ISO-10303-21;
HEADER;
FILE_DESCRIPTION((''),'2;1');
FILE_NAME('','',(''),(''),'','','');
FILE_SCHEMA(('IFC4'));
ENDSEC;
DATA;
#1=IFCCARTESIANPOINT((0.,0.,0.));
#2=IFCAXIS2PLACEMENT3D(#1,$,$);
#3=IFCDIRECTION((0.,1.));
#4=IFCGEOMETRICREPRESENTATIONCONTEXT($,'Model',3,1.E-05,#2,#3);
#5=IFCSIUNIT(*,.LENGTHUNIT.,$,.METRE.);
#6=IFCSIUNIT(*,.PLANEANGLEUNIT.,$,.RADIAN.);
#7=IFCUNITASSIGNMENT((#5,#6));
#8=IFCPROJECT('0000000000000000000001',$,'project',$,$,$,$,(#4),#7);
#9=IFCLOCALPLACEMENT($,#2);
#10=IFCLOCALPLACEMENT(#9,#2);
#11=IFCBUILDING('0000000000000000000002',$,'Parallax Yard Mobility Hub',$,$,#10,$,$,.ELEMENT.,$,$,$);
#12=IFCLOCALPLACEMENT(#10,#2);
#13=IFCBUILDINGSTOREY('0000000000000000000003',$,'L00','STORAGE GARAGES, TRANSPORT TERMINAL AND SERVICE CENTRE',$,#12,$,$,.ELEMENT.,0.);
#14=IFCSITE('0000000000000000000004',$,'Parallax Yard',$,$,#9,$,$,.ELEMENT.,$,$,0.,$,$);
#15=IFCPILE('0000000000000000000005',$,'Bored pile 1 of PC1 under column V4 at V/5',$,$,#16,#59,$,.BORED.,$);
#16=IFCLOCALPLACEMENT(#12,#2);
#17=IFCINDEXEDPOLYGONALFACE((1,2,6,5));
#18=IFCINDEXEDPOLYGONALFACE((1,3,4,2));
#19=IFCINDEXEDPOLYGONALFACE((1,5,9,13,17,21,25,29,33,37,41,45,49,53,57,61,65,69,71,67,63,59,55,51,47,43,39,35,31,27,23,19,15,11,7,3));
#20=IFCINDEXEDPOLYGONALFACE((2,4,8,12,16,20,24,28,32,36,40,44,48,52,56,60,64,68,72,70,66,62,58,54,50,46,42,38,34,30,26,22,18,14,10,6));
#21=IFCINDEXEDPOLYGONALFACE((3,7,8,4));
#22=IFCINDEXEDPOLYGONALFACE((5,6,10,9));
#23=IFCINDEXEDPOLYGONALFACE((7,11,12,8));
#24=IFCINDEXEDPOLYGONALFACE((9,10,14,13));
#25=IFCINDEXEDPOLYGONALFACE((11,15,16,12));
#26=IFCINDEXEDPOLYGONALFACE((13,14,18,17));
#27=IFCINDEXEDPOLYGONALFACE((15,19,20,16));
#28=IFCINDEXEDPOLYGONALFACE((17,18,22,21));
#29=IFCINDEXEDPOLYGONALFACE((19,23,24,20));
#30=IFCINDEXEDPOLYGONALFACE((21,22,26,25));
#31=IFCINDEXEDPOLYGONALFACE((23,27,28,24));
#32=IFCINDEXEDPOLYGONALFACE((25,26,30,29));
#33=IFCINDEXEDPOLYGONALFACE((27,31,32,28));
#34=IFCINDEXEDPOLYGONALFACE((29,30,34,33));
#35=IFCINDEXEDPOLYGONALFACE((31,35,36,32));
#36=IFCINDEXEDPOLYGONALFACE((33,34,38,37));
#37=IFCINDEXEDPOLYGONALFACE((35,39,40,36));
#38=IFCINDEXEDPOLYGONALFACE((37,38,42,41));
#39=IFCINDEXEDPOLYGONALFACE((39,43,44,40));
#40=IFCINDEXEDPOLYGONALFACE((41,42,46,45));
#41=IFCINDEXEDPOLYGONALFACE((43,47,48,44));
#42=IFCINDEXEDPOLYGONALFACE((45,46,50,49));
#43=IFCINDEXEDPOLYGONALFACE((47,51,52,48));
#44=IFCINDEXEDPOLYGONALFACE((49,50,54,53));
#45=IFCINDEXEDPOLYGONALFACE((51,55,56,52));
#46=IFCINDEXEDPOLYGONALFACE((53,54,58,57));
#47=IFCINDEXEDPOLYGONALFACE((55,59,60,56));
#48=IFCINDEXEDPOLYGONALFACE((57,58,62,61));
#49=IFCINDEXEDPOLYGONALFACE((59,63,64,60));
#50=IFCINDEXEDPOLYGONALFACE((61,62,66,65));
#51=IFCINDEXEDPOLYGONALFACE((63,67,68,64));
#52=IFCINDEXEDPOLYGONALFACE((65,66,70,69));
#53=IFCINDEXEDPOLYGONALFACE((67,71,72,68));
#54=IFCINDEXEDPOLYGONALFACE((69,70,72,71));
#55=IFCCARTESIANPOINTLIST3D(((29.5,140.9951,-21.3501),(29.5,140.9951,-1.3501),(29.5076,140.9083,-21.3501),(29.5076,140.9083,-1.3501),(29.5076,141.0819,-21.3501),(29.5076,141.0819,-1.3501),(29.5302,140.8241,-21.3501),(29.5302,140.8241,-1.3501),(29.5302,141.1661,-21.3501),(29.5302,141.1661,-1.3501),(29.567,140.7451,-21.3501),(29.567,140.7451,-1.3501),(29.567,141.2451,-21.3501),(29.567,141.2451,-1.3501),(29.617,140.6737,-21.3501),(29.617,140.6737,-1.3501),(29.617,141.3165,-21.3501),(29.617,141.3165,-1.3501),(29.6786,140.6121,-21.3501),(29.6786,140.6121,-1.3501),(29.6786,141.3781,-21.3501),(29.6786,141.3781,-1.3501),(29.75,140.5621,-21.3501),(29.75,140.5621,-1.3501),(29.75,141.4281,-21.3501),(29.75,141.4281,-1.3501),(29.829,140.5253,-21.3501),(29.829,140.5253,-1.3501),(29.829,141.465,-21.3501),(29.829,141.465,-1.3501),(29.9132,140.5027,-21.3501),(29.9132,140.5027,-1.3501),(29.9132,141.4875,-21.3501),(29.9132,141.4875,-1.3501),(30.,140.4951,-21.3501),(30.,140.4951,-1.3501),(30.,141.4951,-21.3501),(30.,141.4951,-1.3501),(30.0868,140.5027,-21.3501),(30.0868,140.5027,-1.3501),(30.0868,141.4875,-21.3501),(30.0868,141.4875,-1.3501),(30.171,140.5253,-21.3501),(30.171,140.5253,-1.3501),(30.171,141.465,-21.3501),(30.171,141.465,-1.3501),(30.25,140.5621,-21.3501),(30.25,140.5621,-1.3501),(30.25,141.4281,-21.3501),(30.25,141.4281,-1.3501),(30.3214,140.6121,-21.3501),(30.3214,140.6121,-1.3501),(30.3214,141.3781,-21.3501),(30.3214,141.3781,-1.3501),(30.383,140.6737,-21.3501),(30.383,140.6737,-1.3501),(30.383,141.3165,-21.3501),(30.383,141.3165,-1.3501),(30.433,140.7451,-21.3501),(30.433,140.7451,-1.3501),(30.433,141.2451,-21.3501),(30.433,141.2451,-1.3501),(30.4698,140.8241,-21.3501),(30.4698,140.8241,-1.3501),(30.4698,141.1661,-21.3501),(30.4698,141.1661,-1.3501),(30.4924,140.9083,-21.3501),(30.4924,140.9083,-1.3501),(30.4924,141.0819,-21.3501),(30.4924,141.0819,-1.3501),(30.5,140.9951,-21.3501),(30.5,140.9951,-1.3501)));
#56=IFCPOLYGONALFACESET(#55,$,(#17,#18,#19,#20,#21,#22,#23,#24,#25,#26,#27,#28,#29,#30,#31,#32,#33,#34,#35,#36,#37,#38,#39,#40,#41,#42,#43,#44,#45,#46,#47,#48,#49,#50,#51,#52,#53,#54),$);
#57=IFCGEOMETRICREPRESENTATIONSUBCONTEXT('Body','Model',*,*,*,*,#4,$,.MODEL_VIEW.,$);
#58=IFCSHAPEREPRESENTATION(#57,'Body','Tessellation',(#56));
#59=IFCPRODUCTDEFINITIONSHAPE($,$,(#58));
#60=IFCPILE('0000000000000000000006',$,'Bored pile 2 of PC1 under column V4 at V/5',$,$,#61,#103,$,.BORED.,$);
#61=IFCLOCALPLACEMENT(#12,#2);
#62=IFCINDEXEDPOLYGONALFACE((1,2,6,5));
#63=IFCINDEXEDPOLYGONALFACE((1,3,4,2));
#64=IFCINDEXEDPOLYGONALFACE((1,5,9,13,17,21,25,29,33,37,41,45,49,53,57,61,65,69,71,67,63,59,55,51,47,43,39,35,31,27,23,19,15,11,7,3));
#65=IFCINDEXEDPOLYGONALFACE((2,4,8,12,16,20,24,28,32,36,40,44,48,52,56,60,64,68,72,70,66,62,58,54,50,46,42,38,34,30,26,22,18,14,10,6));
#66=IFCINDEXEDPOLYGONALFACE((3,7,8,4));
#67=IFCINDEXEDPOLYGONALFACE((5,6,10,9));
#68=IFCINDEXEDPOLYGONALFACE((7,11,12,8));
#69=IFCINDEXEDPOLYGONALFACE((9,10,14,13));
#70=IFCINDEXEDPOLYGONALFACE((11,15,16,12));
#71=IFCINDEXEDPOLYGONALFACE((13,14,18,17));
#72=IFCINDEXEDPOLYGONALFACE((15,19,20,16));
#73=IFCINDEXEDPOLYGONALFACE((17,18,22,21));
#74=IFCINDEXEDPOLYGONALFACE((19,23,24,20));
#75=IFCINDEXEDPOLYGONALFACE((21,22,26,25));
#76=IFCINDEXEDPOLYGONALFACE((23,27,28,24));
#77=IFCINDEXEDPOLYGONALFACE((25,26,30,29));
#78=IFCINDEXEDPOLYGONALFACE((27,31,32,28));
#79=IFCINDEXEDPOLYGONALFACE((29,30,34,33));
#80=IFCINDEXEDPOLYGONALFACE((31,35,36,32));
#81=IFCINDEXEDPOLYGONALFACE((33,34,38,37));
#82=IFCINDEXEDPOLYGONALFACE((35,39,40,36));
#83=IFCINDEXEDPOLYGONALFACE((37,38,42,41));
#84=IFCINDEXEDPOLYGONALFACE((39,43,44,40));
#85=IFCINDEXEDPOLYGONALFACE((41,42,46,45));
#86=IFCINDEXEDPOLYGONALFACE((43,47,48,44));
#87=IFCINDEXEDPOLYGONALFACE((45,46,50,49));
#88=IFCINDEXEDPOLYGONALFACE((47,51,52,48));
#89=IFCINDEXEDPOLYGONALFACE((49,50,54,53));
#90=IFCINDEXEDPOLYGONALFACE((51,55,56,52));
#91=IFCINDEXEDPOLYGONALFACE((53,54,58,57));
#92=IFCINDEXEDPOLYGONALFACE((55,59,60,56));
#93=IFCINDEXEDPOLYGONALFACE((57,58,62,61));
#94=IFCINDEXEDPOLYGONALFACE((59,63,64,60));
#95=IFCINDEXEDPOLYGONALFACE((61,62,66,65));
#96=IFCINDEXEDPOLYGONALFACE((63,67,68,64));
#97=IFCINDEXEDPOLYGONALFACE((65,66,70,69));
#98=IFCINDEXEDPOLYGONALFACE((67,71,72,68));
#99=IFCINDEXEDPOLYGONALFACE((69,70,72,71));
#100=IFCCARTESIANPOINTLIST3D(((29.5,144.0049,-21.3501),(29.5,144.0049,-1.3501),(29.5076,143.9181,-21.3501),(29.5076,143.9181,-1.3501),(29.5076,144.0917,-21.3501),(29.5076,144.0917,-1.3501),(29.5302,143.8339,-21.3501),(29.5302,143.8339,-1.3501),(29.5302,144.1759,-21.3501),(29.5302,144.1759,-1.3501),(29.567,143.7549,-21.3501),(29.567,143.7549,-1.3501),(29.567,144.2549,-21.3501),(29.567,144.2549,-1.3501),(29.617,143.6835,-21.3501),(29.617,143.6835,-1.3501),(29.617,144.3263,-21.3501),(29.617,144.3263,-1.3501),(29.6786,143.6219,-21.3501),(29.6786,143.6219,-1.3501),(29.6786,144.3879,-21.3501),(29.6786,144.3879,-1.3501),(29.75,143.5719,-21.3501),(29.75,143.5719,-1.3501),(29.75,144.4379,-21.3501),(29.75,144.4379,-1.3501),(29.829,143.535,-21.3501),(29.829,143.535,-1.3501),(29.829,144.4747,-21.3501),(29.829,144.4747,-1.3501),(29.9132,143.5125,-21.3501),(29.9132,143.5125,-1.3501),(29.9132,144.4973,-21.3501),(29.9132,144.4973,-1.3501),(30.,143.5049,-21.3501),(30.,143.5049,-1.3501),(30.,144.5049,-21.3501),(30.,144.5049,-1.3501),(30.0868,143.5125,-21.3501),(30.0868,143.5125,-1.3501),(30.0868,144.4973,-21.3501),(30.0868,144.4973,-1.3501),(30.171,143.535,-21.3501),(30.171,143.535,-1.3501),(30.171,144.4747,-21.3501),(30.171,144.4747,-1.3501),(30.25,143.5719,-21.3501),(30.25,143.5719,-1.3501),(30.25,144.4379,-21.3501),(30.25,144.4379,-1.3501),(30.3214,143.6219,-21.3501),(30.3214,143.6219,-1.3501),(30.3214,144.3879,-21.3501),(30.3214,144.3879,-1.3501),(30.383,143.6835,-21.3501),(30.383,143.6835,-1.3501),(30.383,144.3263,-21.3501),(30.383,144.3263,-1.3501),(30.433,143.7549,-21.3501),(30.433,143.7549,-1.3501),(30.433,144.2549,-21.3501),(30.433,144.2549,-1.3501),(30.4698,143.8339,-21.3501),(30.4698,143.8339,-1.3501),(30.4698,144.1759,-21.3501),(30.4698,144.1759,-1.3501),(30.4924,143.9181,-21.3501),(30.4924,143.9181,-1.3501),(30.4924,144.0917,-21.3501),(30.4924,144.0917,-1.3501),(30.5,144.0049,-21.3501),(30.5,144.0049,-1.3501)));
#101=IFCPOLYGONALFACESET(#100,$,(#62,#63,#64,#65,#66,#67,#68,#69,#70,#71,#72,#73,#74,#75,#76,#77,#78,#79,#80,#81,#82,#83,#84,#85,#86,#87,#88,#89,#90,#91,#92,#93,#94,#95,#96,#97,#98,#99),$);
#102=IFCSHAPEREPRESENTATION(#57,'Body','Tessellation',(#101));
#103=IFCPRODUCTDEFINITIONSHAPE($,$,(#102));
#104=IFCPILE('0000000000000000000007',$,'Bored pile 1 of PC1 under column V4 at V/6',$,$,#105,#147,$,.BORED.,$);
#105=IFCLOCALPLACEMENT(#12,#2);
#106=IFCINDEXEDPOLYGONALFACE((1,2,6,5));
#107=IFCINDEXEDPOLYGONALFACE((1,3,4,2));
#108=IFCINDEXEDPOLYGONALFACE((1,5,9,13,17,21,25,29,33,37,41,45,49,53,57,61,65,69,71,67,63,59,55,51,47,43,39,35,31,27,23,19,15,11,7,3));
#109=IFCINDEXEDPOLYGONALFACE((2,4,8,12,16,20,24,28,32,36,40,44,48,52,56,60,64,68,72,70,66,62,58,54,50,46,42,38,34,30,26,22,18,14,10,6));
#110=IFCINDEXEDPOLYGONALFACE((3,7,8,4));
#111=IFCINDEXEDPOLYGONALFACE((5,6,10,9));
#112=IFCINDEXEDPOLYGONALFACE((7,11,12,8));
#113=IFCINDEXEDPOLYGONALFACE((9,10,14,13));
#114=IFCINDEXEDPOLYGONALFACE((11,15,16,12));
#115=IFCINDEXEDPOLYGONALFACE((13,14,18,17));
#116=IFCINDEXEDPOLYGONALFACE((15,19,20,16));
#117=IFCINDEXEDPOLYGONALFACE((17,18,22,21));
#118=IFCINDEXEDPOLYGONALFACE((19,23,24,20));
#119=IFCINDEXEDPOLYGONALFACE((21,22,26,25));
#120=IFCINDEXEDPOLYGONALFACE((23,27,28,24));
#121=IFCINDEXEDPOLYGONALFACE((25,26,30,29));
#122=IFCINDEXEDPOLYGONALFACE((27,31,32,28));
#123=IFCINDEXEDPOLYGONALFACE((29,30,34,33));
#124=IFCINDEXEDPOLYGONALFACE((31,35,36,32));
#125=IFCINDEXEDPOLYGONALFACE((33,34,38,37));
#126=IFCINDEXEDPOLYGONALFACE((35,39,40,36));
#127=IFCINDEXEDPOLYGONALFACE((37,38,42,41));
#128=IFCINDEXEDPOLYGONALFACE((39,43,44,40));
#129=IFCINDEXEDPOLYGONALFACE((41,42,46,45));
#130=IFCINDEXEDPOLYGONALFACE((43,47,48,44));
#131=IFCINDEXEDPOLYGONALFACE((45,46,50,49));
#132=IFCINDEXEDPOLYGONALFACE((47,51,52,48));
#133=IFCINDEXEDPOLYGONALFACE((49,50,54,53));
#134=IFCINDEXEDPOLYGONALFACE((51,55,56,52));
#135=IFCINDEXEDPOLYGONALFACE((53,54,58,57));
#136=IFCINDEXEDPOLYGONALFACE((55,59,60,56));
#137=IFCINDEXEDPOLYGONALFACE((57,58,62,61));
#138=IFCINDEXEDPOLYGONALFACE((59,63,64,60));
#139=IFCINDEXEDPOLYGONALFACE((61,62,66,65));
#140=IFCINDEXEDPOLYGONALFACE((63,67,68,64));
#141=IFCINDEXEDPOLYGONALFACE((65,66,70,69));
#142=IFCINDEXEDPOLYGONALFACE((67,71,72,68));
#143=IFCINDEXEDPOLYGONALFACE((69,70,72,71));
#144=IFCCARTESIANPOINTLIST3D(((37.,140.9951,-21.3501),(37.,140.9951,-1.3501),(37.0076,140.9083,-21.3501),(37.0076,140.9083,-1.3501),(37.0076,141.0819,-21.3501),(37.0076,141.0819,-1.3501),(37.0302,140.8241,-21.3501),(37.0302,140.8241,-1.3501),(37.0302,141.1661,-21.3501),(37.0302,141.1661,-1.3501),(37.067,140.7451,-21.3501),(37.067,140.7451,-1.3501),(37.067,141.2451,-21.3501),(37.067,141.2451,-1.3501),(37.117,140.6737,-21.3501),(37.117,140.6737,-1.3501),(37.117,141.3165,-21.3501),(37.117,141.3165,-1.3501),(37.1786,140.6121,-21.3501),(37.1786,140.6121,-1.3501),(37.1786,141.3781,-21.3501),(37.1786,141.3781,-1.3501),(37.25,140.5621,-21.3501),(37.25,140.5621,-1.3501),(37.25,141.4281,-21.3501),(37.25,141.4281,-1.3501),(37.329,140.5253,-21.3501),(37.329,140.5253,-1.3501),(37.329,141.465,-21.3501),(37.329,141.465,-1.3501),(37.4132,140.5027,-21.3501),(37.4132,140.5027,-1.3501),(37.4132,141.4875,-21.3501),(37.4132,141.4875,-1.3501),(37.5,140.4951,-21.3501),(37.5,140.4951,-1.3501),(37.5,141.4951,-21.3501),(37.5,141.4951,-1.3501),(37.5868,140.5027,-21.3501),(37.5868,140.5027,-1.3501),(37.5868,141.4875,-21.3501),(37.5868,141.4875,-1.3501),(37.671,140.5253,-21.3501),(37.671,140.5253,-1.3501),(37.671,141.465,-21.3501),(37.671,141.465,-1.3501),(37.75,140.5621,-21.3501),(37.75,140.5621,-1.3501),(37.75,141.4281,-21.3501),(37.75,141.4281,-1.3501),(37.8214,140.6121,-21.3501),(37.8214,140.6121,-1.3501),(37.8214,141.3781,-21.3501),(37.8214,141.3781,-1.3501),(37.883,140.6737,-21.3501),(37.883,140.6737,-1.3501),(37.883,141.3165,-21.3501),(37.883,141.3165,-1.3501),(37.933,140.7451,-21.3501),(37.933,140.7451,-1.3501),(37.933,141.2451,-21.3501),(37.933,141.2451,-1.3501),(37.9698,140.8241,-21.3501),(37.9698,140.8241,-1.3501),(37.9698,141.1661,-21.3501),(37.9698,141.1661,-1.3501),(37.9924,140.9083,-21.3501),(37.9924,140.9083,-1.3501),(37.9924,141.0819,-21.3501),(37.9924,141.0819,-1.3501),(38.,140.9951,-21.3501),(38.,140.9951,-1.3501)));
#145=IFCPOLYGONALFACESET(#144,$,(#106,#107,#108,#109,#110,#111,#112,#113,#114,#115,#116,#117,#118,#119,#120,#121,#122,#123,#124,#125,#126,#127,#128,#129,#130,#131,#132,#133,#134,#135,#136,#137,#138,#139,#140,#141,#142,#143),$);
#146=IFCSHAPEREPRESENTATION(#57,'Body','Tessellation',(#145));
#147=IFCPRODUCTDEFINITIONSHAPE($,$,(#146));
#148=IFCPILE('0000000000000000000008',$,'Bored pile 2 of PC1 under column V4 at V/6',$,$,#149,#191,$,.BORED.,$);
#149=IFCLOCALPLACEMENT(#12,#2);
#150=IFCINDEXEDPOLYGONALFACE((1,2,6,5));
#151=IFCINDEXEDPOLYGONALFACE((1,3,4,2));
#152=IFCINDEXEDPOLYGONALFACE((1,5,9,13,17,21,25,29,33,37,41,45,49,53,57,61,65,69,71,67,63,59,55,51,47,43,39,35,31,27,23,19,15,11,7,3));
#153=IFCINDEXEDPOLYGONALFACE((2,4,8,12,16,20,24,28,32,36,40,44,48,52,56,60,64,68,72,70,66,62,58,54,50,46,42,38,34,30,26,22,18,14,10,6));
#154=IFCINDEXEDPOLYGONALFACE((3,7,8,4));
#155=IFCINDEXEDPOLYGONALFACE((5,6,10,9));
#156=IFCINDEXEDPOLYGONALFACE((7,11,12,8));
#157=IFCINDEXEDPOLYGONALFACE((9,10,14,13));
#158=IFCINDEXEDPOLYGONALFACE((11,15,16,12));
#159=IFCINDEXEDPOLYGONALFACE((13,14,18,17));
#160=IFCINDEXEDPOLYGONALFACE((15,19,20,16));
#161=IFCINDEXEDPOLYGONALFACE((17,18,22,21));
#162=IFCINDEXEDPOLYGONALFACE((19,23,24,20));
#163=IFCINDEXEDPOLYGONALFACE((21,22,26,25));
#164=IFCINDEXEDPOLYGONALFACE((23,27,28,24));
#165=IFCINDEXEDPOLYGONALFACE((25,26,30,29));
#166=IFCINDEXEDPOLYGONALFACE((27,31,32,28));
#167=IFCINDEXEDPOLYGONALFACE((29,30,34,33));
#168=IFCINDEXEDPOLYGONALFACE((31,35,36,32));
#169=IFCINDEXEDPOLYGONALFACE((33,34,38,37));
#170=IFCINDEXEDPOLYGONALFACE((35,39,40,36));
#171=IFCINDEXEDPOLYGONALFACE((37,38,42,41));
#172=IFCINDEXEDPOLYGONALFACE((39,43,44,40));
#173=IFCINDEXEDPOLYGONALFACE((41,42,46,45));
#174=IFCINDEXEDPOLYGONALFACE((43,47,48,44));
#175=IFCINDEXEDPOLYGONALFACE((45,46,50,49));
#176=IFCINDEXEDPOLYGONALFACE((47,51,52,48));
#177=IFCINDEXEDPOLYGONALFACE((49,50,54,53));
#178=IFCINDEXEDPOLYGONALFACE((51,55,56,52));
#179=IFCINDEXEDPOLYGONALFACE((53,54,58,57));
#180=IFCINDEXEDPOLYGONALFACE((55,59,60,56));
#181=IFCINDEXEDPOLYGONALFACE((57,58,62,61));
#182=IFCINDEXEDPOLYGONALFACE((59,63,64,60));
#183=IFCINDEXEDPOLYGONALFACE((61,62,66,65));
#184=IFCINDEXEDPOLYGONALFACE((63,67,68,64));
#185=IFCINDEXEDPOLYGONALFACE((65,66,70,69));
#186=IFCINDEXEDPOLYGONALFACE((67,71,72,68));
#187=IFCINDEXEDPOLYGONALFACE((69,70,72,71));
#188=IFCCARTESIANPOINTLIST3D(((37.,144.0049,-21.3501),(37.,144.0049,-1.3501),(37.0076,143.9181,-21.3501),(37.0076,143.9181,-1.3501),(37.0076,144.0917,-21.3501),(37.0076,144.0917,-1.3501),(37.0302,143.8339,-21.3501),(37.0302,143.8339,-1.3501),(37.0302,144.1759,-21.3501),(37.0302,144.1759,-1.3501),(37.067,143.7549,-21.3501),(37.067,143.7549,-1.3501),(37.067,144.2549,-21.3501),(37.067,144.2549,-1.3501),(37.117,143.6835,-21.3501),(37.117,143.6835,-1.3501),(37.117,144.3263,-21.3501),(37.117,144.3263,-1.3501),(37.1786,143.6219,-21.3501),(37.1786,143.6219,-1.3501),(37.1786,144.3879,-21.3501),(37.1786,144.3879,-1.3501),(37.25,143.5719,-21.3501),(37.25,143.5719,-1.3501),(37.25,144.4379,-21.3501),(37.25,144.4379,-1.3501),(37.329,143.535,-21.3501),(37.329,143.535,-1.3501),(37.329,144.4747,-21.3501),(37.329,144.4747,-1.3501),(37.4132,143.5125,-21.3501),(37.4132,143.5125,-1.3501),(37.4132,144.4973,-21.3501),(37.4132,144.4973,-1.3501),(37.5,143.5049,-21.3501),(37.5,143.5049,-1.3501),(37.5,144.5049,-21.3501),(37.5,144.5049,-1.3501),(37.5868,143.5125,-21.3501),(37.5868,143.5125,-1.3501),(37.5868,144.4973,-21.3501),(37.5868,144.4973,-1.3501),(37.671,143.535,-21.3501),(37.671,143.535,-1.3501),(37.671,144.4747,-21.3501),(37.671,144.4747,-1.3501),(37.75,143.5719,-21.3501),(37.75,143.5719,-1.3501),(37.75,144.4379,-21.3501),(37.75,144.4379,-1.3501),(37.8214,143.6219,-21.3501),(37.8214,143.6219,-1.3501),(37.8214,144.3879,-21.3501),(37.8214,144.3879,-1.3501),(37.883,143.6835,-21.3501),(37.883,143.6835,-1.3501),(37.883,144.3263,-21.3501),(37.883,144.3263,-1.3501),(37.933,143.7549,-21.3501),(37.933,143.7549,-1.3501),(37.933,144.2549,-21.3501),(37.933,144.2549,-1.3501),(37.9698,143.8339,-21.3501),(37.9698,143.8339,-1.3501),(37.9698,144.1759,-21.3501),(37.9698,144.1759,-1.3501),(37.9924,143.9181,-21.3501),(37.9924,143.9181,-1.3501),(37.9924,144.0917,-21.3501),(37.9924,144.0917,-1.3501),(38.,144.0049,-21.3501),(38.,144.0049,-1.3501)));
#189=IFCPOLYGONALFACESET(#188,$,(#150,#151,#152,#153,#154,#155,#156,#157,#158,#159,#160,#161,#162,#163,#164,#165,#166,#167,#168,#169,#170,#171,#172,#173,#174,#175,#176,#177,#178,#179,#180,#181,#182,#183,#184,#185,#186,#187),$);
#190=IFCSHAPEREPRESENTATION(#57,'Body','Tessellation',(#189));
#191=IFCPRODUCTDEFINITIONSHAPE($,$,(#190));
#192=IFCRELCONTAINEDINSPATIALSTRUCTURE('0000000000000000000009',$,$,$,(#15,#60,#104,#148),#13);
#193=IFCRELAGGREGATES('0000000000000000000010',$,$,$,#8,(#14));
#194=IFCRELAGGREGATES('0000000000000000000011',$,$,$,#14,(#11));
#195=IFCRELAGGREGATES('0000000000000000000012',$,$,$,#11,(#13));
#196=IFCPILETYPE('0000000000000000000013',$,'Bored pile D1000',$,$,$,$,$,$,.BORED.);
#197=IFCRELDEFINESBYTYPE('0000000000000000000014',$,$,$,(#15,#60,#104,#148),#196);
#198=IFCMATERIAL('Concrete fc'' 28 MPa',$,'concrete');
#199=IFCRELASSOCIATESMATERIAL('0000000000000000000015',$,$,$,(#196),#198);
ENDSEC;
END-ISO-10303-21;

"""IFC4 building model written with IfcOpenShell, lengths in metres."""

from ifc_helpers import new_model, si_unit, direction, frame, origin, origin_2d, place, context, subcontext, project, spatial, circle, extrude, material, material_profile, profile_set, type_object, element, save


model = new_model("IFC4")

# Units and contexts
model_context = context("Model", 3, precision=1e-05, world=origin(), true_north=direction((0.0, 1.0)))
body_context = subcontext(model_context, "Body", "Model", "MODEL_VIEW")
ifc_project = project(units=[si_unit("LENGTHUNIT", "METRE"), si_unit("PLANEANGLEUNIT", "RADIAN")], contexts=[model_context])

# Site, building, storey
site_placement = place(None, origin())
site = spatial("IfcSite", under=ifc_project, at=site_placement, Name="Parallax Yard", CompositionType="ELEMENT", RefElevation=0.0)
building_placement = place(site_placement, origin())
building = spatial("IfcBuilding", under=site, at=building_placement, Name="Parallax Yard Mobility Hub", CompositionType="ELEMENT")
storey_placement = place(building_placement, origin())
storey = spatial("IfcBuildingStorey", under=building, at=storey_placement, Name="L00", Description="STORAGE GARAGES, TRANSPORT TERMINAL AND SERVICE CENTRE", CompositionType="ELEMENT", Elevation=0.0)

# Piles
ifc_material_1 = material(Name="Concrete fc' 28 MPa", Category="concrete")
ifc_material_profile_1 = material_profile(ifc_material_1, circle(Radius=0.5, at=origin_2d()), Name="Bored pile D1000")
ifc_profile_set_1 = profile_set([ifc_material_profile_1], Name="Concrete fc' 28 MPa")
pile_type = type_object("IfcPileType", Name="Bored pile D1000", PredefinedType="BORED", material=ifc_profile_set_1)
for number, where, z_axis, x_axis, name in (
    (1, (30.0, 140.9951, -1.3501), (0.0, 0.0, -1.0), (1.0, 0.0, 0.0), "Bored pile 1 of PC1 under column V4 at V/5"),
    (2, (30.0, 144.0049, -1.3501), (0.0, 0.0, -1.0), (1.0, 0.0, 0.0), "Bored pile 2 of PC1 under column V4 at V/5"),
    (3, (37.5, 140.9951, -1.3501), (0.0, 0.0, -1.0), (1.0, 0.0, 0.0), "Bored pile 1 of PC1 under column V4 at V/6"),
    (4, (37.5, 144.0049, -1.3501), (0.0, 0.0, -1.0), (1.0, 0.0, 0.0), "Bored pile 2 of PC1 under column V4 at V/6"),
):
    element("IfcPile", number, at=place(storey_placement, frame(where, z_axis=z_axis, x_axis=x_axis)), inside=storey, type_object=pile_type, Name=name, PredefinedType="BORED", context=body_context, shape_type="SweptSolid", body=[
        extrude(circle(Radius=0.5, at=origin_2d()), origin(), (0.0, 0.0, 1.0), 20.0),
    ])

save(model, "model.ifc")
